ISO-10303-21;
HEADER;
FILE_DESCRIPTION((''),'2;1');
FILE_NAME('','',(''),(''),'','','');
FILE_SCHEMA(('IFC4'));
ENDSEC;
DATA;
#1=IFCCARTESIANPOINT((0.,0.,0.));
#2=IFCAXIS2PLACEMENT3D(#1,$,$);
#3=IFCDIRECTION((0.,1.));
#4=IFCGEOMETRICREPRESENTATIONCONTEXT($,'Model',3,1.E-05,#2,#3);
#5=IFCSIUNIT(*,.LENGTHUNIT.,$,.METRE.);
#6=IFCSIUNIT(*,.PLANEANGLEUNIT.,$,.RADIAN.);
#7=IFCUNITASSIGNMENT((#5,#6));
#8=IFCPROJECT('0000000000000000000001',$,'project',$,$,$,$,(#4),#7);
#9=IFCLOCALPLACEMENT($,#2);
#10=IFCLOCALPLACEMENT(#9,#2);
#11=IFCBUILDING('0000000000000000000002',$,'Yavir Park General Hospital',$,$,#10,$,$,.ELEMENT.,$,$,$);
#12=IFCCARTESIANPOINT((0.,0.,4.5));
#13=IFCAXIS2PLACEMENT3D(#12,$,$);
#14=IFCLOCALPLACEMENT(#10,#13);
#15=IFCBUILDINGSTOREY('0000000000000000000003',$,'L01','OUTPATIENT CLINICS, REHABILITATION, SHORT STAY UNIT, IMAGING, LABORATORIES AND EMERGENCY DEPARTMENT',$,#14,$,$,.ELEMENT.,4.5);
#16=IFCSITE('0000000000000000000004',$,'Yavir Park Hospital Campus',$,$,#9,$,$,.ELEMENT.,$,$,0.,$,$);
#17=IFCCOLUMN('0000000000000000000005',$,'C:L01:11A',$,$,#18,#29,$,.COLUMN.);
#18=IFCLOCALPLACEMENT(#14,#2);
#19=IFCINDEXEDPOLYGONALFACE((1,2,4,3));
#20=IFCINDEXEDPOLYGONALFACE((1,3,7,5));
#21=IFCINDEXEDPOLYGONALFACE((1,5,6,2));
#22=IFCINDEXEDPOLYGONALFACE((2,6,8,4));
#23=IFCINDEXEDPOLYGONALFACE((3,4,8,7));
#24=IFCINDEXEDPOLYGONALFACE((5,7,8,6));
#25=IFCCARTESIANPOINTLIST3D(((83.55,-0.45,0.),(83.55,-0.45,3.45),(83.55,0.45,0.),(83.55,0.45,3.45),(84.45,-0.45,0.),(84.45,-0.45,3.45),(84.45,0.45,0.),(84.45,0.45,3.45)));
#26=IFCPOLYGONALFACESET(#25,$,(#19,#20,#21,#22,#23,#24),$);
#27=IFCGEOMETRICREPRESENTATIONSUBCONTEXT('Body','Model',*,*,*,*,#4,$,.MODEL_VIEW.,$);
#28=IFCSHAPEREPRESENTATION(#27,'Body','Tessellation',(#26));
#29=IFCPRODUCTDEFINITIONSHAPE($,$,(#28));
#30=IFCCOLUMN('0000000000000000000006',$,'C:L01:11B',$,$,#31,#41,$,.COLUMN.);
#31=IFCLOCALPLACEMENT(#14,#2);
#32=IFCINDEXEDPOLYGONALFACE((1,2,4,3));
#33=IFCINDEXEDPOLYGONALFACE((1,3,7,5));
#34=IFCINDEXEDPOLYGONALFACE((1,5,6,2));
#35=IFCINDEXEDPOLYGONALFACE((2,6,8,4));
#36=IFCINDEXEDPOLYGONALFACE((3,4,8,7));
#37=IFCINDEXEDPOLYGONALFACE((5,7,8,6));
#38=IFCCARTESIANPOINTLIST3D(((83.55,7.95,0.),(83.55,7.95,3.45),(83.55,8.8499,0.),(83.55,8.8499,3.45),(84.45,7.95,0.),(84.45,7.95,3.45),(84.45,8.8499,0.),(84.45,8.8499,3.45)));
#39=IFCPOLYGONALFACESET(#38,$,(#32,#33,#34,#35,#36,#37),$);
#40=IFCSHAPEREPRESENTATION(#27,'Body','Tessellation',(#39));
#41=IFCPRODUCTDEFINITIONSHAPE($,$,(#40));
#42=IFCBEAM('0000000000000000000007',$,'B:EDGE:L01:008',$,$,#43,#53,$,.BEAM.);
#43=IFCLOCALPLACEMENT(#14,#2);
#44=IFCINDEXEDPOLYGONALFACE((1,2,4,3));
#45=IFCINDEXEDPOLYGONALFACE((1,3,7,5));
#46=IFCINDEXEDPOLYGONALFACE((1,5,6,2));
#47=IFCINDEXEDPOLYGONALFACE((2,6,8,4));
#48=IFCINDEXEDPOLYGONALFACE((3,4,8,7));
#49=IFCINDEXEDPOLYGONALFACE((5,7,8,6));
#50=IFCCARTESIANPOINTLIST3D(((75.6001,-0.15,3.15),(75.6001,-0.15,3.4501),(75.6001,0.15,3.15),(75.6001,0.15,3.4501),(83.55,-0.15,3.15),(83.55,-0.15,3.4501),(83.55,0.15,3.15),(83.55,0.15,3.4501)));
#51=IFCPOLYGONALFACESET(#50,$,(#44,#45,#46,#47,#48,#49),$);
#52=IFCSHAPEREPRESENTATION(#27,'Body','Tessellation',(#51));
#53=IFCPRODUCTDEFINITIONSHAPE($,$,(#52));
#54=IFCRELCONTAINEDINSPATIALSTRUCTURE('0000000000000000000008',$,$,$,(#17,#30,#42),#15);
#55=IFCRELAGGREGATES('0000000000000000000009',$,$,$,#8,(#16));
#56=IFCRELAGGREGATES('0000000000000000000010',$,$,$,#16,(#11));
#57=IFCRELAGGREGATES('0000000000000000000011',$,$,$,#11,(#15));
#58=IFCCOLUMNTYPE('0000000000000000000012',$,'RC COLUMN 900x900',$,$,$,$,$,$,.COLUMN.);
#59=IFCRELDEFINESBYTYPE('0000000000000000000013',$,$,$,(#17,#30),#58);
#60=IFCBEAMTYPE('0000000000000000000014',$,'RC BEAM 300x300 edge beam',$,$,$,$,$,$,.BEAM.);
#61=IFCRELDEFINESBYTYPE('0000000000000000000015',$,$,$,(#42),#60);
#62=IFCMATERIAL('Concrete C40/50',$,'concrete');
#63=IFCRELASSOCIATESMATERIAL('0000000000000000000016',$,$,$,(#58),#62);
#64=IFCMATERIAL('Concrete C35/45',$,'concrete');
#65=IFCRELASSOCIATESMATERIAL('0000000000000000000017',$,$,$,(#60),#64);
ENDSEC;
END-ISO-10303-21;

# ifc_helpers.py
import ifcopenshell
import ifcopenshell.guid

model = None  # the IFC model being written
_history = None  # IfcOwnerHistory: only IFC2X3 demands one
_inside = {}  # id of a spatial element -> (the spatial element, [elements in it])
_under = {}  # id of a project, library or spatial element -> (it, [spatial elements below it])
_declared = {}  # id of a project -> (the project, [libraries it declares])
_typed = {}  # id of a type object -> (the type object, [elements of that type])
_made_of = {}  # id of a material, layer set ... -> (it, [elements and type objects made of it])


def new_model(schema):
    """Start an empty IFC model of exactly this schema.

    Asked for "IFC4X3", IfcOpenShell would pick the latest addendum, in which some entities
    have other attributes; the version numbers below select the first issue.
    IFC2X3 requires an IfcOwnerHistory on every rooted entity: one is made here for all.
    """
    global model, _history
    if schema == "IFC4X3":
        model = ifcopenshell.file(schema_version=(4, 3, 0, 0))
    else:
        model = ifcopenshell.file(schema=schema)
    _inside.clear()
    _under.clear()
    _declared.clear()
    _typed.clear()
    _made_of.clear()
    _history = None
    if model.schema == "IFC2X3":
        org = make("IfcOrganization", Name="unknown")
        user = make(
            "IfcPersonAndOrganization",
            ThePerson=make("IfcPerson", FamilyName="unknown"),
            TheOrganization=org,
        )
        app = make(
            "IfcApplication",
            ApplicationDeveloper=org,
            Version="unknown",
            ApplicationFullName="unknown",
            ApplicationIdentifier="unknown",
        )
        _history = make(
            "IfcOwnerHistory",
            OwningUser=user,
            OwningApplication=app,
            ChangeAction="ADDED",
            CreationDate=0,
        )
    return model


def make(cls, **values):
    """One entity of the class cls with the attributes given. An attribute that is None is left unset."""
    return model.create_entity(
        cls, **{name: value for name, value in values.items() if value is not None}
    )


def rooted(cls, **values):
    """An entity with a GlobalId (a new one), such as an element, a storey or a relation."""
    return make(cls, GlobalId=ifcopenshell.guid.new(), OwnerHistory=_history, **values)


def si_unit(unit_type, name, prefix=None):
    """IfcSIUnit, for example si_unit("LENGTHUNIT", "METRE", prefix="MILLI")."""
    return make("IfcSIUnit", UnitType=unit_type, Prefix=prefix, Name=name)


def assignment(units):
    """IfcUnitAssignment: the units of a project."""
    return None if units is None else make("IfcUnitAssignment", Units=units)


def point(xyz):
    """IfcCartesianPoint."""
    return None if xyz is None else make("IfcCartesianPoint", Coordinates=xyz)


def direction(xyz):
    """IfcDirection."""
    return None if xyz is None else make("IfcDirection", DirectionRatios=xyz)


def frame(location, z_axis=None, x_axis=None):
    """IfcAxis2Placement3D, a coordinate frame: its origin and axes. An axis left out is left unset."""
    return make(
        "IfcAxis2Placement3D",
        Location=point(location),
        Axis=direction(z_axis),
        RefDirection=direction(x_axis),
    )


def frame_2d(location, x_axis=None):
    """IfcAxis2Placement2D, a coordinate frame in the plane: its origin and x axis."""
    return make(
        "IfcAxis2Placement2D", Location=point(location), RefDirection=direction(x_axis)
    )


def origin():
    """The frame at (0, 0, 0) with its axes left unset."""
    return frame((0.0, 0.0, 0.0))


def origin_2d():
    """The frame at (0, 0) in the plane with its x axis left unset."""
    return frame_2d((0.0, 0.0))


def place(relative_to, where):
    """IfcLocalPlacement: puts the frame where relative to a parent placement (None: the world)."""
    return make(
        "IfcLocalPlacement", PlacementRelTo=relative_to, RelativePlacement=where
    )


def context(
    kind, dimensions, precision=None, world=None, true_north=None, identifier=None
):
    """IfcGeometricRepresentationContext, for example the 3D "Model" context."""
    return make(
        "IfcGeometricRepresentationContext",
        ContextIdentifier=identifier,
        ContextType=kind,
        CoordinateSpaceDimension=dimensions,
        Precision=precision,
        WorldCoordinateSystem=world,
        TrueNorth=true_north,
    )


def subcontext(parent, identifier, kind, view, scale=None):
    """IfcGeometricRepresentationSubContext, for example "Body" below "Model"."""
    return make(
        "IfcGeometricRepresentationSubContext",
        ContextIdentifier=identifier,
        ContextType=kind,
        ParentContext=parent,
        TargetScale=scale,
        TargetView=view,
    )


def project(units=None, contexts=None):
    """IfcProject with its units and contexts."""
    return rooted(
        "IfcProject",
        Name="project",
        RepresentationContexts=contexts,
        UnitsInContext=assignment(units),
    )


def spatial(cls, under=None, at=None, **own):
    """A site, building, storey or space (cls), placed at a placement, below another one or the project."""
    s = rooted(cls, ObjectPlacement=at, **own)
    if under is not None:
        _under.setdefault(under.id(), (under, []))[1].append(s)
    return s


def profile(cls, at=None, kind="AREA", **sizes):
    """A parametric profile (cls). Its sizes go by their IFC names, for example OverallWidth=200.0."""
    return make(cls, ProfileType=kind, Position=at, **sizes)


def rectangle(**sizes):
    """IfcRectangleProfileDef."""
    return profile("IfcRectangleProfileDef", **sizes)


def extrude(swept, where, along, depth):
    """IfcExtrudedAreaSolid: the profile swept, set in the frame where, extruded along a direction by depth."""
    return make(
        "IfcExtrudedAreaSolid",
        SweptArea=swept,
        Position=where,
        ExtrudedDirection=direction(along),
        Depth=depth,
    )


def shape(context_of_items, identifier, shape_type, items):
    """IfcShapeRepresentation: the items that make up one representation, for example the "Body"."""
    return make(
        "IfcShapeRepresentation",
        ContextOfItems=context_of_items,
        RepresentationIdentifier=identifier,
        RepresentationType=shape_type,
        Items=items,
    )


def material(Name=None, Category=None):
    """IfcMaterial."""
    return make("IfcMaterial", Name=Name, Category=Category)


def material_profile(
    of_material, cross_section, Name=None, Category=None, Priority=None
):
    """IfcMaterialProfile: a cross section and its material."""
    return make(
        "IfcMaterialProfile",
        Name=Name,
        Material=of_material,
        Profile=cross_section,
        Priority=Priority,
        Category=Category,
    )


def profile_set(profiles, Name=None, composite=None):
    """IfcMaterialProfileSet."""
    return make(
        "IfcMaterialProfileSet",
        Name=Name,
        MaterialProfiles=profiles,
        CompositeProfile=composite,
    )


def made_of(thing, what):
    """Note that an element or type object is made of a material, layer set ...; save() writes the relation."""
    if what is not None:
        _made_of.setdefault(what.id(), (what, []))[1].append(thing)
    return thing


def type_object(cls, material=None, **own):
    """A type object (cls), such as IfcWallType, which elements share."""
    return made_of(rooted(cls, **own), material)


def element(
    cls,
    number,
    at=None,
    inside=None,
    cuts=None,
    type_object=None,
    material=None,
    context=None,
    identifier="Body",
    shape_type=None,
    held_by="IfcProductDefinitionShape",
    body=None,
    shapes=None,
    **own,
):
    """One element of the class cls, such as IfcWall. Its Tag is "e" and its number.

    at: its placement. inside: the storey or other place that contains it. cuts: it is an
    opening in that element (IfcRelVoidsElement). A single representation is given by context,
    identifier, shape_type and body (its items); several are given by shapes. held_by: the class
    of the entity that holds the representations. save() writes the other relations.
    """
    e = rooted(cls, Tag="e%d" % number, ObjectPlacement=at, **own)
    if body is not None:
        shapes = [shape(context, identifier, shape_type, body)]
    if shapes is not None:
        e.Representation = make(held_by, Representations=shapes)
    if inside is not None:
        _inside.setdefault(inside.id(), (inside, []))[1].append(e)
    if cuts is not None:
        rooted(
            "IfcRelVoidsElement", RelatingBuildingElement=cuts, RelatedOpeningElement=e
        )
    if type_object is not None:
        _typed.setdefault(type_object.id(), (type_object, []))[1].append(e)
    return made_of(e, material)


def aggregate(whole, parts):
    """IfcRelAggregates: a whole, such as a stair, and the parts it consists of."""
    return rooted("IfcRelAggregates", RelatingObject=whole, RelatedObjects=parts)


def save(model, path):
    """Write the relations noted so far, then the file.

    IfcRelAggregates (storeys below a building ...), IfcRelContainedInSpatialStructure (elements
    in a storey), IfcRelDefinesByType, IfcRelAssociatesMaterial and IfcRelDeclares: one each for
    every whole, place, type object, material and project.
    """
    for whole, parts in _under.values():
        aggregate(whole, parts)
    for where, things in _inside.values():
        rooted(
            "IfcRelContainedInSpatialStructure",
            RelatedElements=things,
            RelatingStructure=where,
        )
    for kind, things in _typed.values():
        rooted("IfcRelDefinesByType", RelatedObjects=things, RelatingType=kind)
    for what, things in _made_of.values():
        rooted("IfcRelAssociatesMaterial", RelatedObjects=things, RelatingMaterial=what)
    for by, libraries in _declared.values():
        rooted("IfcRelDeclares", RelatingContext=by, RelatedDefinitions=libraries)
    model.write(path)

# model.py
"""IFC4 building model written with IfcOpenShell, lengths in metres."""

from ifc_helpers import new_model, si_unit, direction, frame, origin, origin_2d, place, context, subcontext, project, spatial, rectangle, extrude, material, material_profile, profile_set, type_object, element, save


model = new_model("IFC4")

# Units and contexts
model_context = context("Model", 3, precision=1e-05, world=origin(), true_north=direction((0.0, 1.0)))
body_context = subcontext(model_context, "Body", "Model", "MODEL_VIEW")
ifc_project = project(units=[si_unit("LENGTHUNIT", "METRE"), si_unit("PLANEANGLEUNIT", "RADIAN")], contexts=[model_context])

# Site, building, storey
site_placement = place(None, origin())
site = spatial("IfcSite", under=ifc_project, at=site_placement, Name="Yavir Park Hospital Campus", CompositionType="ELEMENT", RefElevation=0.0)
building_placement = place(site_placement, origin())
building = spatial("IfcBuilding", under=site, at=building_placement, Name="Yavir Park General Hospital", CompositionType="ELEMENT")
storey_placement = place(building_placement, frame((0.0, 0.0, 4.5)))
storey = spatial("IfcBuildingStorey", under=building, at=storey_placement, Name="L01", Description="OUTPATIENT CLINICS, REHABILITATION, SHORT STAY UNIT, IMAGING, LABORATORIES AND EMERGENCY DEPARTMENT", CompositionType="ELEMENT", Elevation=4.5)

# Columns
ifc_material_1 = material(Name="Concrete C40/50", Category="concrete")
ifc_material_profile_1 = material_profile(ifc_material_1, rectangle(XDim=0.8999, YDim=0.8999, at=origin_2d()), Name="RC900x900")
ifc_profile_set_1 = profile_set([ifc_material_profile_1], Name="Concrete C40/50")
column_type = type_object("IfcColumnType", Name="RC COLUMN 900x900", PredefinedType="COLUMN", material=ifc_profile_set_1)
for number, where, z_axis, x_axis, name in (
    (1, (84.0, 0.0, 0.0), (0.0, 0.0, 1.0), (1.0, 0.0, 0.0), "C:L01:11A"),
    (2, (84.0, 8.3999, 0.0), (0.0, 0.0, 1.0), (1.0, 0.0, 0.0), "C:L01:11B"),
):
    element("IfcColumn", number, at=place(storey_placement, frame(where, z_axis=z_axis, x_axis=x_axis)), inside=storey, type_object=column_type, Name=name, PredefinedType="COLUMN", context=body_context, shape_type="SweptSolid", body=[
        extrude(rectangle(XDim=0.8999, YDim=0.8999, at=origin_2d()), origin(), (0.0, 0.0, 1.0), 3.45),
    ])

# Beam
ifc_material_2 = material(Name="Concrete C35/45", Category="concrete")
ifc_material_profile_2 = material_profile(ifc_material_2, rectangle(XDim=0.3, YDim=0.3, at=origin_2d()), Name="RC300x300")
ifc_profile_set_2 = profile_set([ifc_material_profile_2], Name="Concrete C35/45")
beam_type = type_object("IfcBeamType", Name="RC BEAM 300x300 edge beam", PredefinedType="BEAM", material=ifc_profile_set_2)
beam_placement = place(storey_placement, frame((75.6001, 0.0, 3.3), z_axis=(1.0, 0.0, 0.0), x_axis=(0.0, 1.0, 0.0)))
element("IfcBeam", 3, at=beam_placement, inside=storey, type_object=beam_type, Name="B:EDGE:L01:008", PredefinedType="BEAM", context=body_context, shape_type="SweptSolid", body=[
    extrude(rectangle(XDim=0.3, YDim=0.3, at=origin_2d()), origin(), (0.0, 0.0, 1.0), 7.95),
])

save(model, "model.ifc")
